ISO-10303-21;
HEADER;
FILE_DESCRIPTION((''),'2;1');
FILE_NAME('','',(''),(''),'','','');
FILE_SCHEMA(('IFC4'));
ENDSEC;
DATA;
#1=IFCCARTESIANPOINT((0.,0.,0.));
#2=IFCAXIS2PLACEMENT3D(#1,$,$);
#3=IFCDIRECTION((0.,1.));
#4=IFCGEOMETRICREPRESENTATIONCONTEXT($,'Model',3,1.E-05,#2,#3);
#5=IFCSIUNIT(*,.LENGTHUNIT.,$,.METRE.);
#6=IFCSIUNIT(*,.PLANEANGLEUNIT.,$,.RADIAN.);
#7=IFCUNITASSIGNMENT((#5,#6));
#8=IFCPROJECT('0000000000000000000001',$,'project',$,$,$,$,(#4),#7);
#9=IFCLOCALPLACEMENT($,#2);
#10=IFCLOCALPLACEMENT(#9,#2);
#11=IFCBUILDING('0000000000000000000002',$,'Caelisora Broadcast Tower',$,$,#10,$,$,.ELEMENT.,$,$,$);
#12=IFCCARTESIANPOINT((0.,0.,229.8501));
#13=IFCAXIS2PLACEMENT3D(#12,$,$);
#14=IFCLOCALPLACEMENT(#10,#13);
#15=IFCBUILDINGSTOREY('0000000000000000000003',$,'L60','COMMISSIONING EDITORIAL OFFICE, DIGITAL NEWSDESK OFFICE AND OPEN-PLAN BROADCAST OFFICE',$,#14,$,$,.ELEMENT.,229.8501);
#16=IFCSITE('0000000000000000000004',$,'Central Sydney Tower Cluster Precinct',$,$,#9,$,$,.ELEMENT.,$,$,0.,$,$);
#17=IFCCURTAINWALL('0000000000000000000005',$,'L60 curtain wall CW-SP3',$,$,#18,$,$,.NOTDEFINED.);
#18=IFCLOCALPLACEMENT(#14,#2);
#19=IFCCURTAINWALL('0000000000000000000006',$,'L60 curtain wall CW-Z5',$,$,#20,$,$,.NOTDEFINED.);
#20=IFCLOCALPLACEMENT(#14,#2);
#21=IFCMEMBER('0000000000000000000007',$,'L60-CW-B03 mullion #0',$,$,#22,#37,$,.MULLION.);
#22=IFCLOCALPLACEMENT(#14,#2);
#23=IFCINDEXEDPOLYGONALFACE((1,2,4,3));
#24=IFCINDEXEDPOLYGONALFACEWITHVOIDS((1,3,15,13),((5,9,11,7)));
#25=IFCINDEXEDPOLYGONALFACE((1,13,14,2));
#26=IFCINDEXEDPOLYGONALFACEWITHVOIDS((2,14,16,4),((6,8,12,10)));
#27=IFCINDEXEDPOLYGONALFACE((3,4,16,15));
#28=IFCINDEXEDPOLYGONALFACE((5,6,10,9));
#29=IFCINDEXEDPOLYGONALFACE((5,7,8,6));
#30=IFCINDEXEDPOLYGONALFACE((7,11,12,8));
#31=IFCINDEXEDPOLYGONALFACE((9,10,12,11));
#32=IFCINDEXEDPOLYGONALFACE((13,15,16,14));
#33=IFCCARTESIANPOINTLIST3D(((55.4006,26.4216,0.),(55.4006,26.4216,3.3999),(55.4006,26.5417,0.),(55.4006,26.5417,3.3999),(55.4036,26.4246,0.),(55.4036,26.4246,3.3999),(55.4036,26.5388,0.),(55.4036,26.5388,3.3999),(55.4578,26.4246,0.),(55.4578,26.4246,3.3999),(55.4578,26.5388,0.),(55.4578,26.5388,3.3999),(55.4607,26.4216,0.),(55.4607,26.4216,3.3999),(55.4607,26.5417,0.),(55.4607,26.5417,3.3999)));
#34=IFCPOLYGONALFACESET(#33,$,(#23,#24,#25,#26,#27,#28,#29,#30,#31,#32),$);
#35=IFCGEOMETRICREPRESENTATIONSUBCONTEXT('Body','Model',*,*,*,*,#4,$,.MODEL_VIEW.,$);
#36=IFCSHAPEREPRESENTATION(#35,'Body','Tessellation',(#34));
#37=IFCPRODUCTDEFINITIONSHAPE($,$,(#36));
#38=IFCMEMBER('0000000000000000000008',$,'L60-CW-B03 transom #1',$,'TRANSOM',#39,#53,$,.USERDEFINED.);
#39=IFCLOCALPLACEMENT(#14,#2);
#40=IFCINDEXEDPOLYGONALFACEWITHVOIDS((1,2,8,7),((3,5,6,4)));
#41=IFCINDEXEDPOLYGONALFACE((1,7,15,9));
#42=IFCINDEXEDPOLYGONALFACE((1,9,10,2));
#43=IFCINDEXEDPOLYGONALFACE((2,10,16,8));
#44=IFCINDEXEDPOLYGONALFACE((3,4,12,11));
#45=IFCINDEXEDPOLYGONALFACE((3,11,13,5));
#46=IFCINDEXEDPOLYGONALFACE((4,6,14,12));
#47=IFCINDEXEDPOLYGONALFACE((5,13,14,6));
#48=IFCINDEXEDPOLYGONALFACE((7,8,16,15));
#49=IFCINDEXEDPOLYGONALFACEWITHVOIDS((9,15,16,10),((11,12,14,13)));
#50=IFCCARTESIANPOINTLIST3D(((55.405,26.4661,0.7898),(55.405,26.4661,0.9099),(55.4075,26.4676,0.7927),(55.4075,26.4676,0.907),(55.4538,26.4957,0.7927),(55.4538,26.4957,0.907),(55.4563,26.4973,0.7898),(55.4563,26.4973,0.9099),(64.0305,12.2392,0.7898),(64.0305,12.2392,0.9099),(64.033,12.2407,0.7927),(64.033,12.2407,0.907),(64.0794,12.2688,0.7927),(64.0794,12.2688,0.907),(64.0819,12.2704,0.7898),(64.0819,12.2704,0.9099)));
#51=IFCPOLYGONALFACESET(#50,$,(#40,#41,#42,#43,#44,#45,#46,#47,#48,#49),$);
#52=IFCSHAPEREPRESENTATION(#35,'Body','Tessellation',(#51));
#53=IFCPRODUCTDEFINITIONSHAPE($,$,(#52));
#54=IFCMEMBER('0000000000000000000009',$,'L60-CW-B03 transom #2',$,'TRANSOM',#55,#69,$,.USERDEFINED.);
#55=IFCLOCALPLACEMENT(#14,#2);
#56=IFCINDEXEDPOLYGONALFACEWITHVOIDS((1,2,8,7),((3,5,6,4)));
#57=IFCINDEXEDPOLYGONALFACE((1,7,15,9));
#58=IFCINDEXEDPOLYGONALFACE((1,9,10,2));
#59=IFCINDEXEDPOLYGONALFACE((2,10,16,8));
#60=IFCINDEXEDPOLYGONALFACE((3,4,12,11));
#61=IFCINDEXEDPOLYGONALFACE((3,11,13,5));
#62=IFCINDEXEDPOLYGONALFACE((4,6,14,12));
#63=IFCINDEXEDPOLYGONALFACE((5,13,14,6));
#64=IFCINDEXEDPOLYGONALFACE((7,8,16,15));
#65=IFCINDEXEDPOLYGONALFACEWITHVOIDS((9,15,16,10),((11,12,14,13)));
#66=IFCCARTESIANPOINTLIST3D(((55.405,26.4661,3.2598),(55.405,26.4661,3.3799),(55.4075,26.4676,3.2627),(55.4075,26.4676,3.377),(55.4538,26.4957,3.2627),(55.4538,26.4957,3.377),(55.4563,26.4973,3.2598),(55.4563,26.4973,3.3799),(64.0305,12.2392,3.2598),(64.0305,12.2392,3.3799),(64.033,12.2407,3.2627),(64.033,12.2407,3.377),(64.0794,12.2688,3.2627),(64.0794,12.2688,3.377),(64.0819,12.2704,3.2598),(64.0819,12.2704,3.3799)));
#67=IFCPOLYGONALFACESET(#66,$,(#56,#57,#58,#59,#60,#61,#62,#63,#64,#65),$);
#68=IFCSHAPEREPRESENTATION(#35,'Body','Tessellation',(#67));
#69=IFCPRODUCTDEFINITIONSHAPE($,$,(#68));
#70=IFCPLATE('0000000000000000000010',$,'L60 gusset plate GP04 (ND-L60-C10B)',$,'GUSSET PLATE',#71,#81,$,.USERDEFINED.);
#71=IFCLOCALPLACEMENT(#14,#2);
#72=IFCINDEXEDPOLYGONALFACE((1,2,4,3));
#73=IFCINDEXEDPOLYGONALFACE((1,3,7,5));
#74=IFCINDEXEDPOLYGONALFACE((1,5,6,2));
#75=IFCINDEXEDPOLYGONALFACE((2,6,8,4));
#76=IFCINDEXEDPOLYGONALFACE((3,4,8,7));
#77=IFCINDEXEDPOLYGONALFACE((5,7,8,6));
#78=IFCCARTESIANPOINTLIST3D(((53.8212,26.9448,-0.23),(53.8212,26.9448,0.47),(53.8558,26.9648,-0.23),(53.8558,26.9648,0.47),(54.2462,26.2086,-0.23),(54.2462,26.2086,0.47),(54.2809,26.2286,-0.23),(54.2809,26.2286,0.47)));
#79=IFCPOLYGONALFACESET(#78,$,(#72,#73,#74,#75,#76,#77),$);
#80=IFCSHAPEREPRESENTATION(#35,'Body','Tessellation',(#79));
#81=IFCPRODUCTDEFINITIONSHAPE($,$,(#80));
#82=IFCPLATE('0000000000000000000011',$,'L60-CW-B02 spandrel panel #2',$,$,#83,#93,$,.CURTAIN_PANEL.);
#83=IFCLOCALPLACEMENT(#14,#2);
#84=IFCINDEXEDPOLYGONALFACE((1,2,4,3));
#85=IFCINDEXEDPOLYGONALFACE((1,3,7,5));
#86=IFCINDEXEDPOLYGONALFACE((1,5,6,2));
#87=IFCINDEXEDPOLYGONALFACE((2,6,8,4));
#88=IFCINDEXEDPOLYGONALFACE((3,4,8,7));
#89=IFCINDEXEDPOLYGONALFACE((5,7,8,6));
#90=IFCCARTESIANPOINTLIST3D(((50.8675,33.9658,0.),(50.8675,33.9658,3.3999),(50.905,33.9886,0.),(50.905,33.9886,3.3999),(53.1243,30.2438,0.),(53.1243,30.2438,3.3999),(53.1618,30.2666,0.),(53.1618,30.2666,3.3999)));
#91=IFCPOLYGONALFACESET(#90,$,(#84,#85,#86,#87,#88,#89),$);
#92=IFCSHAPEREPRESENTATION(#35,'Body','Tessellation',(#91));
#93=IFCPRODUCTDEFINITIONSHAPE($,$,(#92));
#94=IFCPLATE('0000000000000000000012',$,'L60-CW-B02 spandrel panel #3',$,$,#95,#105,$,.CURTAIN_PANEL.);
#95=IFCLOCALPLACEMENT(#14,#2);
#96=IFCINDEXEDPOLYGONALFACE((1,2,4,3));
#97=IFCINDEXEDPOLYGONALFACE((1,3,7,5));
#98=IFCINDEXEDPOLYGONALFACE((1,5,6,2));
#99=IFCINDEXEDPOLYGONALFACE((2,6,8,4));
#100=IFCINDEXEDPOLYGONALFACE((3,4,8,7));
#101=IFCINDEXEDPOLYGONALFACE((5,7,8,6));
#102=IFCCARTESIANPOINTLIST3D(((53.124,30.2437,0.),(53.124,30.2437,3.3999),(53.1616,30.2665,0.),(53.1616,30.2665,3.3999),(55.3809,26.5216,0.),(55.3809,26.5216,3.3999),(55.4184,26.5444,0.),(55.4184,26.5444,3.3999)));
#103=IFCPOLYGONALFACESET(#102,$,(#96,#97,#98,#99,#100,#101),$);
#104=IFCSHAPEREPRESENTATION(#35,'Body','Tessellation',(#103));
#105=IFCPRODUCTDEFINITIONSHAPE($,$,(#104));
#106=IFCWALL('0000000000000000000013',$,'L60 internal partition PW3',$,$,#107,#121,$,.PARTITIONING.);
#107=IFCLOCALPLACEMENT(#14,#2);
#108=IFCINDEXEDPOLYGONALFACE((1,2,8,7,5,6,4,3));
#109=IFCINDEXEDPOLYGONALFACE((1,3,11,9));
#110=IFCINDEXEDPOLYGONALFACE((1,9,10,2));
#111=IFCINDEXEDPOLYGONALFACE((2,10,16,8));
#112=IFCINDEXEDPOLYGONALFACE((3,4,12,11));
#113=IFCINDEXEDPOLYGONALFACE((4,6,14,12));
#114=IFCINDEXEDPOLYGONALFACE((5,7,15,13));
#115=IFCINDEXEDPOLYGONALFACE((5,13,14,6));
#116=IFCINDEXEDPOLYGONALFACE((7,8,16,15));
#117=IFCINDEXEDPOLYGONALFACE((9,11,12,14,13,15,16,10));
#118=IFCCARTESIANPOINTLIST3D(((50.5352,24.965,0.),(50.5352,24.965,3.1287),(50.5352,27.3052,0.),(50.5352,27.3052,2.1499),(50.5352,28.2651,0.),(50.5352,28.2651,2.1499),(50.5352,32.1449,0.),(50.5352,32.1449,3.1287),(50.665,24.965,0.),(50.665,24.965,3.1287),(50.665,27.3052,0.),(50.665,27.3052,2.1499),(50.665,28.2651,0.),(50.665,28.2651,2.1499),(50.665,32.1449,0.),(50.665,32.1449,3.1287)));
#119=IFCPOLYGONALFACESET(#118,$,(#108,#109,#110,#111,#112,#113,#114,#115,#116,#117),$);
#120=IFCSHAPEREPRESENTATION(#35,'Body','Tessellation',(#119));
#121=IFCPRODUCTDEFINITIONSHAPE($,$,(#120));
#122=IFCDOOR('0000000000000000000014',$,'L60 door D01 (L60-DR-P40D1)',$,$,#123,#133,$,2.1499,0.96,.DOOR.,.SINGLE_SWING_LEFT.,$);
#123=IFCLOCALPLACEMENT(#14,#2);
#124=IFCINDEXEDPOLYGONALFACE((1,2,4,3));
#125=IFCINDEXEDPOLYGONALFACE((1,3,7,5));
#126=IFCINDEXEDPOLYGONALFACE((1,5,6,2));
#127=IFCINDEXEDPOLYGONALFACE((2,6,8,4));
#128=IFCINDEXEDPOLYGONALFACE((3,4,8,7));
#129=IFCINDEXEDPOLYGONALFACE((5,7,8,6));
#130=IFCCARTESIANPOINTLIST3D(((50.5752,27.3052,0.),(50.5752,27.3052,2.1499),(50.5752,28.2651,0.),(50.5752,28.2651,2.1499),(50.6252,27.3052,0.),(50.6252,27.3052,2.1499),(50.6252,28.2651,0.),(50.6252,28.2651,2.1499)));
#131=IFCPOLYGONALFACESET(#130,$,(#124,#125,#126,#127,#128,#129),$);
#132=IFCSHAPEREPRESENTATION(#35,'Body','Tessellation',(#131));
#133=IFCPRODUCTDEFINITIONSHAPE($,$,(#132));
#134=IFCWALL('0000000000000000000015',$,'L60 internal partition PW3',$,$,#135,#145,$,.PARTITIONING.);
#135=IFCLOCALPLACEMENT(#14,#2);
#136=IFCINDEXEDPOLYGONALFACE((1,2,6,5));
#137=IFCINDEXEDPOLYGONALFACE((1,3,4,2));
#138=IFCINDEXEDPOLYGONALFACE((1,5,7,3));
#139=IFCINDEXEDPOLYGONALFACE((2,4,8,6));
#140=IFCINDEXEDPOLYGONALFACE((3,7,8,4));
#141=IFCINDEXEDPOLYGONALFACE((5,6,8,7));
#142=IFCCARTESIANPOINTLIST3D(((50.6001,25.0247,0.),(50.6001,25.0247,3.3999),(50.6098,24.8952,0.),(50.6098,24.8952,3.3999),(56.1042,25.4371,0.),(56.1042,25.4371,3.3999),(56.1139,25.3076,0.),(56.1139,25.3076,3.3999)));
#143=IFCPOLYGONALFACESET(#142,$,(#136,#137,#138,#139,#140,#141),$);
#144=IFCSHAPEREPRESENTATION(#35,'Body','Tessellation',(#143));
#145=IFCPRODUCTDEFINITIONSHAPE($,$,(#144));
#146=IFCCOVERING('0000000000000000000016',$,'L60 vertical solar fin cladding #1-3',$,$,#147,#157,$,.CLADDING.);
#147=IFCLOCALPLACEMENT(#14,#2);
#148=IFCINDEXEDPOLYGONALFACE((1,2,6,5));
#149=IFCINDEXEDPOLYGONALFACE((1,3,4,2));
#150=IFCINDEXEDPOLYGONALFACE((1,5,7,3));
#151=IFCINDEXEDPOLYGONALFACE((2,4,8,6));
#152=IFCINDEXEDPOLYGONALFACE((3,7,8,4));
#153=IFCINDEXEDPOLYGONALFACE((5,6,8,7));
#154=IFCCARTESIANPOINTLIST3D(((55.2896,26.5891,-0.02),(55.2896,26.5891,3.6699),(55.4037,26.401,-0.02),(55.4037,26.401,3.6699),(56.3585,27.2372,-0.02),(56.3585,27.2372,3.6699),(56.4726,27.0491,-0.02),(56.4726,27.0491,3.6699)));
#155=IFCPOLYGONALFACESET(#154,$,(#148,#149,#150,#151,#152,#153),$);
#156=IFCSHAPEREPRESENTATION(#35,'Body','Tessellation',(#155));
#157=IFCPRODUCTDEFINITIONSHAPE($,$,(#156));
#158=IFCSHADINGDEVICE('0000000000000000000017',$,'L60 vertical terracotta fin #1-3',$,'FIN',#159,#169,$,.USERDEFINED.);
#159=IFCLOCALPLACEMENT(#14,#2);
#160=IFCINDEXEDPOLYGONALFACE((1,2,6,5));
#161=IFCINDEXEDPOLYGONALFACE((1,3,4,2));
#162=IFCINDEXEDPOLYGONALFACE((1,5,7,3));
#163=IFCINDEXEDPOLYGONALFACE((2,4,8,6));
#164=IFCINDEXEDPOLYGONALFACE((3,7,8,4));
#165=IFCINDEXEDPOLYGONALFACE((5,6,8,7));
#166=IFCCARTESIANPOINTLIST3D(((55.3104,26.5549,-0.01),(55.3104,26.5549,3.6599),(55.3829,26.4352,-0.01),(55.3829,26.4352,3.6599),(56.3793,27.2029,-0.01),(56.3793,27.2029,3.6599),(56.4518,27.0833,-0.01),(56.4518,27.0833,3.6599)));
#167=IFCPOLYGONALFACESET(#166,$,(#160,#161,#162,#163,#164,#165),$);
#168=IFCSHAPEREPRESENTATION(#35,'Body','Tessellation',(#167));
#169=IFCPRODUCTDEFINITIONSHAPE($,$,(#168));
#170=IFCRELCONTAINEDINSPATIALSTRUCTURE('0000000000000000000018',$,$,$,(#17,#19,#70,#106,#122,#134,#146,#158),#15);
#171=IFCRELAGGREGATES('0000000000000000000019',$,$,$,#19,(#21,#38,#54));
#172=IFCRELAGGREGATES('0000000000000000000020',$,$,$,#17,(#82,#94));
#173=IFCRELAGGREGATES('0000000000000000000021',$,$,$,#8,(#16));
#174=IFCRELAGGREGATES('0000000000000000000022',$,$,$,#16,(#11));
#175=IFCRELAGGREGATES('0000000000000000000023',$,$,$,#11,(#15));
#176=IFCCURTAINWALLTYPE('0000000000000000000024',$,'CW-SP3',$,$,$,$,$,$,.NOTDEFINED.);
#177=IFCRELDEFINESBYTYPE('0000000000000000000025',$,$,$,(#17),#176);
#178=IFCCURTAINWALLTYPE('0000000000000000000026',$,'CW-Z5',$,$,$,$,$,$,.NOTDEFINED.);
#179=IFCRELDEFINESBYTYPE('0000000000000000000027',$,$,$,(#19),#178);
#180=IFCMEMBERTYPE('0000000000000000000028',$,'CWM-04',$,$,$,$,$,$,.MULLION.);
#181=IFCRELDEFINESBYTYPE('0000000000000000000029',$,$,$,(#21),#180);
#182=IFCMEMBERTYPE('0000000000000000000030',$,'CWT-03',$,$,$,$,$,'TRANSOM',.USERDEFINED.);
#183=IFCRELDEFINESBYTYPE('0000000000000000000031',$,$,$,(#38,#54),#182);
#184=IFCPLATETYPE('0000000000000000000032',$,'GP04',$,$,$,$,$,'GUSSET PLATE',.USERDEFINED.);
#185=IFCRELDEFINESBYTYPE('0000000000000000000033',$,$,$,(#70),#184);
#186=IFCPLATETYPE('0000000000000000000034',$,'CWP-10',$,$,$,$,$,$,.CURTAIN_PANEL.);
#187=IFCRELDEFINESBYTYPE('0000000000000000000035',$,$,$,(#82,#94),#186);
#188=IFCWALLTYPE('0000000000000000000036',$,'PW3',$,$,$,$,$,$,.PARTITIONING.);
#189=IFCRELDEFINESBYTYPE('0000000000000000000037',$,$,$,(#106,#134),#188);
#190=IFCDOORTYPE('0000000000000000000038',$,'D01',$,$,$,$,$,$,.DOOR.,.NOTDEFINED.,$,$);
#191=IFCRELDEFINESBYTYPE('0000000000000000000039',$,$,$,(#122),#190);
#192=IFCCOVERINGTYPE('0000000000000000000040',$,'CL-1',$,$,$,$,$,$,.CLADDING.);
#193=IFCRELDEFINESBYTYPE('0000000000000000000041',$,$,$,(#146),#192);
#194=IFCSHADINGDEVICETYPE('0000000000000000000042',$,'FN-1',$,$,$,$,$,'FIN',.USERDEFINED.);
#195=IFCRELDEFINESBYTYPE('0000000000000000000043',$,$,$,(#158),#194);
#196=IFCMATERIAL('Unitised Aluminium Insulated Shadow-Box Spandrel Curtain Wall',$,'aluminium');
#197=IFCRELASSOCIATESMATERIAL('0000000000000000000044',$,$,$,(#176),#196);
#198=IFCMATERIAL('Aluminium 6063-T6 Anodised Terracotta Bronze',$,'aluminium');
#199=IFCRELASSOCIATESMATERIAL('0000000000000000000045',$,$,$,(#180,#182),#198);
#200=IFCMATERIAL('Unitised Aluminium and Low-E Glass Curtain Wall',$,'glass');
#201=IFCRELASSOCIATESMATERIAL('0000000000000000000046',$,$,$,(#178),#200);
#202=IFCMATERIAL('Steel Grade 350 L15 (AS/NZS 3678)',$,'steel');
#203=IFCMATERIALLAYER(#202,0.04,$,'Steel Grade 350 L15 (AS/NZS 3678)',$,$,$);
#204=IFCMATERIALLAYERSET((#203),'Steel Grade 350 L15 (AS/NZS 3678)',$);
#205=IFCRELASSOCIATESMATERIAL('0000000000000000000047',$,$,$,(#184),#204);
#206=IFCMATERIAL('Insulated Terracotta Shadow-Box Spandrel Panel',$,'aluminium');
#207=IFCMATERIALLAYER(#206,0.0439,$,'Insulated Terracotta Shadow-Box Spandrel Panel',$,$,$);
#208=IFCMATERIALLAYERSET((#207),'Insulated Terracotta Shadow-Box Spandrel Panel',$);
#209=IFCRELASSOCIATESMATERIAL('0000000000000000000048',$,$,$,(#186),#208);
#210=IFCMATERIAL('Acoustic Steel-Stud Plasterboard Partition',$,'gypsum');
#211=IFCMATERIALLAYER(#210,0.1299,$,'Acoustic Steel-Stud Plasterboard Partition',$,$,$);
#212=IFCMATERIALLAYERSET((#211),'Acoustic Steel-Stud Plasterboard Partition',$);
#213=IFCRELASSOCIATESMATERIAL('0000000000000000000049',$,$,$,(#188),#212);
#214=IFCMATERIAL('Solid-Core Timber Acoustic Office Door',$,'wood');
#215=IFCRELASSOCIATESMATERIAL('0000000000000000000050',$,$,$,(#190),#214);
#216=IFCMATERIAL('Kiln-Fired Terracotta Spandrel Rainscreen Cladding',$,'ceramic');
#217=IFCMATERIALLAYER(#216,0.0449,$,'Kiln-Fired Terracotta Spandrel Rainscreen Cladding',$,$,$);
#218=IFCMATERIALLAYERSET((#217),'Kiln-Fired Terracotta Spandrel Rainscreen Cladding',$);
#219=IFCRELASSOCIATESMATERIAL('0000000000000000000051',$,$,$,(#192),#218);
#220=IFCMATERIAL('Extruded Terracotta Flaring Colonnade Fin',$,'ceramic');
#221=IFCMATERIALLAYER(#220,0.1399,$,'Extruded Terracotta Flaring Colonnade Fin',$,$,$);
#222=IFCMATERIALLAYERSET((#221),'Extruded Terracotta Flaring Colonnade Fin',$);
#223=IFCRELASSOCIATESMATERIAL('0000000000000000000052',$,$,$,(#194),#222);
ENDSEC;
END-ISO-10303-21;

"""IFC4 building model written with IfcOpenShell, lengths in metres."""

from ifc_helpers import new_model, si_unit, direction, frame, frame_2d, origin, origin_2d, place, context, subcontext, project, spatial, rectangle, hollow_rectangle, extrude, source, transform, mapped, material, layer, layer_set, material_profile, profile_set, type_object, type_shapes, element, fill, aggregate, save


model = new_model("IFC4")

# Units and contexts
model_context = context("Model", 3, precision=1e-05, world=origin(), true_north=direction((0.0, 1.0)))
body_context = subcontext(model_context, "Body", "Model", "MODEL_VIEW")
ifc_project = project(units=[si_unit("LENGTHUNIT", "METRE"), si_unit("PLANEANGLEUNIT", "RADIAN")], contexts=[model_context])

# Site, building, storey
site_placement = place(None, origin())
site = spatial("IfcSite", under=ifc_project, at=site_placement, Name="Central Sydney Tower Cluster Precinct", CompositionType="ELEMENT", RefElevation=0.0)
building_placement = place(site_placement, origin())
building = spatial("IfcBuilding", under=site, at=building_placement, Name="Caelisora Broadcast Tower", CompositionType="ELEMENT")
storey_placement = place(building_placement, frame((0.0, 0.0, 229.8501)))
storey = spatial("IfcBuildingStorey", under=building, at=storey_placement, Name="L60", Description="COMMISSIONING EDITORIAL OFFICE, DIGITAL NEWSDESK OFFICE AND OPEN-PLAN BROADCAST OFFICE", CompositionType="ELEMENT", Elevation=229.8501)

# Shared definitions
ifc_material_1 = material(Name="Steel Grade 350 L15 (AS/NZS 3678)", Category="steel")

# Curtain walls, members
ifc_material_2 = material(Name="Unitised Aluminium Insulated Shadow-Box Spandrel Curtain Wall", Category="aluminium")
curtain_wall_type_1 = type_object("IfcCurtainWallType", Name="CW-SP3", PredefinedType="NOTDEFINED", material=ifc_material_2)
curtain_wall_1_placement = place(storey_placement, origin())
curtain_wall_1 = element("IfcCurtainWall", 1, at=curtain_wall_1_placement, inside=storey, type_object=curtain_wall_type_1, Name="L60 curtain wall CW-SP3", PredefinedType="NOTDEFINED")
ifc_material_3 = material(Name="Aluminium 6063-T6 Anodised Terracotta Bronze", Category="aluminium")
ifc_material_profile_1 = material_profile(ifc_material_3, hollow_rectangle(XDim=0.0601, YDim=0.1201, WallThickness=0.0029, at=origin_2d()), Name="Aluminium 6063-T6 Anodised Terracotta Bronze")
ifc_profile_set_1 = profile_set([ifc_material_profile_1], Name="Aluminium 6063-T6 Anodised Terracotta Bronze")
member_type_1 = type_object("IfcMemberType", Name="CWM-04", PredefinedType="MULLION", material=ifc_profile_set_1)
shared_shape_1 = source(origin(), body_context, "Body", "SweptSolid", [
    extrude(hollow_rectangle(XDim=0.0601, YDim=0.1201, WallThickness=0.0029, at=origin_2d()), origin(), (0.0, 0.0, 1.0), 3.3999),
])
type_shapes(member_type_1, [shared_shape_1])
ifc_material_4 = material(Name="Unitised Aluminium and Low-E Glass Curtain Wall", Category="glass")
curtain_wall_type_2 = type_object("IfcCurtainWallType", Name="CW-Z5", PredefinedType="NOTDEFINED", material=ifc_material_4)
curtain_wall_2_placement = place(storey_placement, origin())
curtain_wall_2 = element("IfcCurtainWall", 2, at=curtain_wall_2_placement, inside=storey, type_object=curtain_wall_type_2, Name="L60 curtain wall CW-Z5", PredefinedType="NOTDEFINED")
member_1_placement = place(storey_placement, frame((55.4307, 26.4817, 0.0), z_axis=(0.0, 0.0, 1.0), x_axis=(1.0, 0.0, 0.0)))
member_1 = element("IfcMember", 3, at=member_1_placement, type_object=member_type_1, Name="L60-CW-B03 mullion #0", PredefinedType="MULLION", context=body_context, shape_type="MappedRepresentation", body=[
    mapped(shared_shape_1, transform((0.0, 0.0, 0.0), scale=1.0)),
])
ifc_material_profile_2 = material_profile(ifc_material_3, hollow_rectangle(XDim=0.0601, YDim=0.1201, WallThickness=0.0029, at=origin_2d()), Name="Aluminium 6063-T6 Anodised Terracotta Bronze")
ifc_profile_set_2 = profile_set([ifc_material_profile_2], Name="Aluminium 6063-T6 Anodised Terracotta Bronze")
member_type_2 = type_object("IfcMemberType", Name="CWT-03", ElementType="TRANSOM", PredefinedType="USERDEFINED", material=ifc_profile_set_2)
shared_shape_2 = source(origin(), body_context, "Body", "SweptSolid", [
    extrude(hollow_rectangle(XDim=0.0601, YDim=0.1201, WallThickness=0.0029, at=origin_2d()), origin(), (0.0, 0.0, 1.0), 16.6375),
])
type_shapes(member_type_2, [shared_shape_2])
member_2_placement = place(storey_placement, frame((55.4307, 26.4817, 0.8499), z_axis=(0.518442, -0.855113, 0.0), x_axis=(0.855113, 0.518442, 0.0)))
member_2 = element("IfcMember", 4, at=member_2_placement, type_object=member_type_2, Name="L60-CW-B03 transom #1", ObjectType="TRANSOM", PredefinedType="USERDEFINED", context=body_context, shape_type="MappedRepresentation", body=[
    mapped(shared_shape_2, transform((0.0, 0.0, 0.0), scale=1.0)),
])
member_3_placement = place(storey_placement, frame((55.4307, 26.4817, 3.3198), z_axis=(0.518442, -0.855113, 0.0), x_axis=(0.855113, 0.518442, 0.0)))
member_3 = element("IfcMember", 5, at=member_3_placement, type_object=member_type_2, Name="L60-CW-B03 transom #2", ObjectType="TRANSOM", PredefinedType="USERDEFINED", context=body_context, shape_type="MappedRepresentation", body=[
    mapped(shared_shape_2, transform((0.0, 0.0, 0.0), scale=1.0)),
])
aggregate(curtain_wall_2, [member_1, member_2, member_3])

# Plates
ifc_layer_1 = layer(ifc_material_1, 0.04, Name="Steel Grade 350 L15 (AS/NZS 3678)")
ifc_layer_set_1 = layer_set([ifc_layer_1], Name="Steel Grade 350 L15 (AS/NZS 3678)")
plate_type_1 = type_object("IfcPlateType", Name="GP04", ElementType="GUSSET PLATE", PredefinedType="USERDEFINED", material=ifc_layer_set_1)
shared_shape_3 = source(origin(), body_context, "Body", "SweptSolid", [
    extrude(rectangle(XDim=0.8501, YDim=0.04, at=origin_2d()), origin(), (0.0, 0.0, 1.0), 0.7),
])
type_shapes(plate_type_1, [shared_shape_3])
plate_1_placement = place(storey_placement, frame((54.051, 26.5867, -0.23), z_axis=(0.0, 0.0, 1.0), x_axis=(-0.5, 0.866025, 0.0)))
element("IfcPlate", 6, at=plate_1_placement, inside=storey, type_object=plate_type_1, Name="L60 gusset plate GP04 (ND-L60-C10B)", ObjectType="GUSSET PLATE", PredefinedType="USERDEFINED", context=body_context, shape_type="MappedRepresentation", body=[
    mapped(shared_shape_3, transform((0.0, 0.0, 0.0), scale=1.0)),
])
ifc_material_5 = material(Name="Insulated Terracotta Shadow-Box Spandrel Panel", Category="aluminium")
ifc_layer_2 = layer(ifc_material_5, 0.0439, Name="Insulated Terracotta Shadow-Box Spandrel Panel")
ifc_layer_set_2 = layer_set([ifc_layer_2], Name="Insulated Terracotta Shadow-Box Spandrel Panel")
plate_type_2 = type_object("IfcPlateType", Name="CWP-10", PredefinedType="CURTAIN_PANEL", material=ifc_layer_set_2)
shared_shape_4 = source(origin(), body_context, "Body", "SweptSolid", [
    extrude(rectangle(XDim=4.3528, YDim=0.0439, at=origin_2d()), origin(), (0.0, 0.0, 1.0), 3.3999),
])
type_shapes(plate_type_2, [shared_shape_4])
plate_2_placement = place(storey_placement, frame((52.0146, 32.1162, 0.0), z_axis=(0.0, 0.0, 1.0), x_axis=(0.518475, -0.855093, 0.0)))
plate_2 = element("IfcPlate", 7, at=plate_2_placement, type_object=plate_type_2, Name="L60-CW-B02 spandrel panel #2", PredefinedType="CURTAIN_PANEL", context=body_context, shape_type="MappedRepresentation", body=[
    mapped(shared_shape_4, transform((0.0, 0.0, 0.0), scale=1.0)),
])
plate_3_placement = place(storey_placement, frame((54.2712, 28.394, 0.0), z_axis=(0.0, 0.0, 1.0), x_axis=(0.518475, -0.855093, 0.0)))
plate_3 = element("IfcPlate", 8, at=plate_3_placement, type_object=plate_type_2, Name="L60-CW-B02 spandrel panel #3", PredefinedType="CURTAIN_PANEL", context=body_context, shape_type="MappedRepresentation", body=[
    mapped(shared_shape_4, transform((0.0, 0.0, 0.0), scale=1.0)),
])
aggregate(curtain_wall_1, [plate_2, plate_3])

# Wall, opening, door
ifc_material_6 = material(Name="Acoustic Steel-Stud Plasterboard Partition", Category="gypsum")
ifc_layer_3 = layer(ifc_material_6, 0.1299, Name="Acoustic Steel-Stud Plasterboard Partition")
ifc_layer_set_3 = layer_set([ifc_layer_3], Name="Acoustic Steel-Stud Plasterboard Partition")
wall_type = type_object("IfcWallType", Name="PW3", PredefinedType="PARTITIONING", material=ifc_layer_set_3)
wall_1_placement = place(storey_placement, frame((50.6001, 24.9651, 0.0), z_axis=(0.0, 0.0, 1.0), x_axis=(0.0, 1.0, 0.0)))
wall_1 = element("IfcWall", 9, at=wall_1_placement, inside=storey, type_object=wall_type, Name="L60 internal partition PW3", PredefinedType="PARTITIONING", context=body_context, shape_type="SweptSolid", body=[
    extrude(rectangle(XDim=7.1799, YDim=0.1299, at=frame_2d((3.5898, 0.0))), origin(), (0.0, 0.0, 1.0), 3.1287),
])
opening_placement = place(wall_1_placement, frame((2.3401, 0.0, 0.0)))
opening = element("IfcOpeningElement", 10, at=opening_placement, cuts=wall_1, PredefinedType="OPENING", context=body_context, shape_type="SweptSolid", body=[
    extrude(rectangle(XDim=0.96, YDim=2.1499, at=frame_2d((0.48, 1.075))), frame((0.0, 0.0769, 0.0), z_axis=(0.0, -1.0, 0.0), x_axis=(1.0, 0.0, 0.0)), (0.0, 0.0, 1.0), 0.1538),
])
ifc_material_7 = material(Name="Solid-Core Timber Acoustic Office Door", Category="wood")
door_type = type_object("IfcDoorType", Name="D01", OperationType="NOTDEFINED", PredefinedType="DOOR", material=ifc_material_7)
door_placement = place(opening_placement, origin())
door = element("IfcDoor", 11, at=door_placement, inside=storey, type_object=door_type, Name="L60 door D01 (L60-DR-P40D1)", OperationType="SINGLE_SWING_LEFT", OverallHeight=2.1499, OverallWidth=0.96, PredefinedType="DOOR", context=body_context, shape_type="SweptSolid", body=[
    extrude(rectangle(XDim=0.96, YDim=2.1499, at=frame_2d((0.48, 1.075))), frame((0.0, 0.0249, 0.0), z_axis=(0.0, -1.0, 0.0), x_axis=(1.0, 0.0, 0.0)), (0.0, 0.0, 1.0), 0.05),
])
fill(opening, door)

# Wall
wall_2_placement = place(storey_placement, frame((50.605, 24.96, 0.0), z_axis=(0.0, 0.0, 1.0), x_axis=(0.997205, 0.074707, 0.0)))
element("IfcWall", 12, at=wall_2_placement, inside=storey, type_object=wall_type, Name="L60 internal partition PW3", PredefinedType="PARTITIONING", context=body_context, shape_type="SweptSolid", body=[
    extrude(rectangle(XDim=5.5195, YDim=0.1299, at=frame_2d((2.7598, 0.0))), origin(), (0.0, 0.0, 1.0), 3.3999),
])

# Covering
ifc_material_8 = material(Name="Kiln-Fired Terracotta Spandrel Rainscreen Cladding", Category="ceramic")
ifc_layer_4 = layer(ifc_material_8, 0.0449, Name="Kiln-Fired Terracotta Spandrel Rainscreen Cladding")
ifc_layer_set_4 = layer_set([ifc_layer_4], Name="Kiln-Fired Terracotta Spandrel Rainscreen Cladding")
covering_type = type_object("IfcCoveringType", Name="CL-1", PredefinedType="CLADDING", material=ifc_layer_set_4)
shared_shape_5 = source(origin(), body_context, "Body", "SweptSolid", [
    extrude(rectangle(XDim=0.22, YDim=1.25, at=origin_2d()), origin(), (0.0, 0.0, 1.0), 3.6899),
])
covering_1_placement = place(storey_placement, frame((55.8811, 26.8191, -0.02), z_axis=(0.0, 0.0, 1.0), x_axis=(0.518475, -0.855093, 0.0)))
element("IfcCovering", 13, at=covering_1_placement, inside=storey, type_object=covering_type, Name="L60 vertical solar fin cladding #1-3", PredefinedType="CLADDING", context=body_context, shape_type="MappedRepresentation", body=[
    mapped(shared_shape_5, transform((0.0, 0.0, 0.0), scale=1.0)),
])

# Shading device
ifc_material_9 = material(Name="Extruded Terracotta Flaring Colonnade Fin", Category="ceramic")
ifc_layer_5 = layer(ifc_material_9, 0.1399, Name="Extruded Terracotta Flaring Colonnade Fin")
ifc_layer_set_5 = layer_set([ifc_layer_5], Name="Extruded Terracotta Flaring Colonnade Fin")
shading_device_type_1 = type_object("IfcShadingDeviceType", Name="FN-1", ElementType="FIN", PredefinedType="USERDEFINED", material=ifc_layer_set_5)
shared_shape_6 = source(origin(), body_context, "Body", "SweptSolid", [
    extrude(rectangle(XDim=0.1399, YDim=1.25, at=origin_2d()), origin(), (0.0, 0.0, 1.0), 3.6699),
])
type_shapes(shading_device_type_1, [shared_shape_6])
shading_device_1_placement = place(storey_placement, frame((55.8811, 26.8191, -0.01), z_axis=(0.0, 0.0, 1.0), x_axis=(0.518475, -0.855093, 0.0)))
element("IfcShadingDevice", 14, at=shading_device_1_placement, inside=storey, type_object=shading_device_type_1, Name="L60 vertical terracotta fin #1-3", ObjectType="FIN", PredefinedType="USERDEFINED", context=body_context, shape_type="MappedRepresentation", body=[
    mapped(shared_shape_6, transform((0.0, 0.0, 0.0), scale=1.0)),
])

save(model, "model.ifc")
